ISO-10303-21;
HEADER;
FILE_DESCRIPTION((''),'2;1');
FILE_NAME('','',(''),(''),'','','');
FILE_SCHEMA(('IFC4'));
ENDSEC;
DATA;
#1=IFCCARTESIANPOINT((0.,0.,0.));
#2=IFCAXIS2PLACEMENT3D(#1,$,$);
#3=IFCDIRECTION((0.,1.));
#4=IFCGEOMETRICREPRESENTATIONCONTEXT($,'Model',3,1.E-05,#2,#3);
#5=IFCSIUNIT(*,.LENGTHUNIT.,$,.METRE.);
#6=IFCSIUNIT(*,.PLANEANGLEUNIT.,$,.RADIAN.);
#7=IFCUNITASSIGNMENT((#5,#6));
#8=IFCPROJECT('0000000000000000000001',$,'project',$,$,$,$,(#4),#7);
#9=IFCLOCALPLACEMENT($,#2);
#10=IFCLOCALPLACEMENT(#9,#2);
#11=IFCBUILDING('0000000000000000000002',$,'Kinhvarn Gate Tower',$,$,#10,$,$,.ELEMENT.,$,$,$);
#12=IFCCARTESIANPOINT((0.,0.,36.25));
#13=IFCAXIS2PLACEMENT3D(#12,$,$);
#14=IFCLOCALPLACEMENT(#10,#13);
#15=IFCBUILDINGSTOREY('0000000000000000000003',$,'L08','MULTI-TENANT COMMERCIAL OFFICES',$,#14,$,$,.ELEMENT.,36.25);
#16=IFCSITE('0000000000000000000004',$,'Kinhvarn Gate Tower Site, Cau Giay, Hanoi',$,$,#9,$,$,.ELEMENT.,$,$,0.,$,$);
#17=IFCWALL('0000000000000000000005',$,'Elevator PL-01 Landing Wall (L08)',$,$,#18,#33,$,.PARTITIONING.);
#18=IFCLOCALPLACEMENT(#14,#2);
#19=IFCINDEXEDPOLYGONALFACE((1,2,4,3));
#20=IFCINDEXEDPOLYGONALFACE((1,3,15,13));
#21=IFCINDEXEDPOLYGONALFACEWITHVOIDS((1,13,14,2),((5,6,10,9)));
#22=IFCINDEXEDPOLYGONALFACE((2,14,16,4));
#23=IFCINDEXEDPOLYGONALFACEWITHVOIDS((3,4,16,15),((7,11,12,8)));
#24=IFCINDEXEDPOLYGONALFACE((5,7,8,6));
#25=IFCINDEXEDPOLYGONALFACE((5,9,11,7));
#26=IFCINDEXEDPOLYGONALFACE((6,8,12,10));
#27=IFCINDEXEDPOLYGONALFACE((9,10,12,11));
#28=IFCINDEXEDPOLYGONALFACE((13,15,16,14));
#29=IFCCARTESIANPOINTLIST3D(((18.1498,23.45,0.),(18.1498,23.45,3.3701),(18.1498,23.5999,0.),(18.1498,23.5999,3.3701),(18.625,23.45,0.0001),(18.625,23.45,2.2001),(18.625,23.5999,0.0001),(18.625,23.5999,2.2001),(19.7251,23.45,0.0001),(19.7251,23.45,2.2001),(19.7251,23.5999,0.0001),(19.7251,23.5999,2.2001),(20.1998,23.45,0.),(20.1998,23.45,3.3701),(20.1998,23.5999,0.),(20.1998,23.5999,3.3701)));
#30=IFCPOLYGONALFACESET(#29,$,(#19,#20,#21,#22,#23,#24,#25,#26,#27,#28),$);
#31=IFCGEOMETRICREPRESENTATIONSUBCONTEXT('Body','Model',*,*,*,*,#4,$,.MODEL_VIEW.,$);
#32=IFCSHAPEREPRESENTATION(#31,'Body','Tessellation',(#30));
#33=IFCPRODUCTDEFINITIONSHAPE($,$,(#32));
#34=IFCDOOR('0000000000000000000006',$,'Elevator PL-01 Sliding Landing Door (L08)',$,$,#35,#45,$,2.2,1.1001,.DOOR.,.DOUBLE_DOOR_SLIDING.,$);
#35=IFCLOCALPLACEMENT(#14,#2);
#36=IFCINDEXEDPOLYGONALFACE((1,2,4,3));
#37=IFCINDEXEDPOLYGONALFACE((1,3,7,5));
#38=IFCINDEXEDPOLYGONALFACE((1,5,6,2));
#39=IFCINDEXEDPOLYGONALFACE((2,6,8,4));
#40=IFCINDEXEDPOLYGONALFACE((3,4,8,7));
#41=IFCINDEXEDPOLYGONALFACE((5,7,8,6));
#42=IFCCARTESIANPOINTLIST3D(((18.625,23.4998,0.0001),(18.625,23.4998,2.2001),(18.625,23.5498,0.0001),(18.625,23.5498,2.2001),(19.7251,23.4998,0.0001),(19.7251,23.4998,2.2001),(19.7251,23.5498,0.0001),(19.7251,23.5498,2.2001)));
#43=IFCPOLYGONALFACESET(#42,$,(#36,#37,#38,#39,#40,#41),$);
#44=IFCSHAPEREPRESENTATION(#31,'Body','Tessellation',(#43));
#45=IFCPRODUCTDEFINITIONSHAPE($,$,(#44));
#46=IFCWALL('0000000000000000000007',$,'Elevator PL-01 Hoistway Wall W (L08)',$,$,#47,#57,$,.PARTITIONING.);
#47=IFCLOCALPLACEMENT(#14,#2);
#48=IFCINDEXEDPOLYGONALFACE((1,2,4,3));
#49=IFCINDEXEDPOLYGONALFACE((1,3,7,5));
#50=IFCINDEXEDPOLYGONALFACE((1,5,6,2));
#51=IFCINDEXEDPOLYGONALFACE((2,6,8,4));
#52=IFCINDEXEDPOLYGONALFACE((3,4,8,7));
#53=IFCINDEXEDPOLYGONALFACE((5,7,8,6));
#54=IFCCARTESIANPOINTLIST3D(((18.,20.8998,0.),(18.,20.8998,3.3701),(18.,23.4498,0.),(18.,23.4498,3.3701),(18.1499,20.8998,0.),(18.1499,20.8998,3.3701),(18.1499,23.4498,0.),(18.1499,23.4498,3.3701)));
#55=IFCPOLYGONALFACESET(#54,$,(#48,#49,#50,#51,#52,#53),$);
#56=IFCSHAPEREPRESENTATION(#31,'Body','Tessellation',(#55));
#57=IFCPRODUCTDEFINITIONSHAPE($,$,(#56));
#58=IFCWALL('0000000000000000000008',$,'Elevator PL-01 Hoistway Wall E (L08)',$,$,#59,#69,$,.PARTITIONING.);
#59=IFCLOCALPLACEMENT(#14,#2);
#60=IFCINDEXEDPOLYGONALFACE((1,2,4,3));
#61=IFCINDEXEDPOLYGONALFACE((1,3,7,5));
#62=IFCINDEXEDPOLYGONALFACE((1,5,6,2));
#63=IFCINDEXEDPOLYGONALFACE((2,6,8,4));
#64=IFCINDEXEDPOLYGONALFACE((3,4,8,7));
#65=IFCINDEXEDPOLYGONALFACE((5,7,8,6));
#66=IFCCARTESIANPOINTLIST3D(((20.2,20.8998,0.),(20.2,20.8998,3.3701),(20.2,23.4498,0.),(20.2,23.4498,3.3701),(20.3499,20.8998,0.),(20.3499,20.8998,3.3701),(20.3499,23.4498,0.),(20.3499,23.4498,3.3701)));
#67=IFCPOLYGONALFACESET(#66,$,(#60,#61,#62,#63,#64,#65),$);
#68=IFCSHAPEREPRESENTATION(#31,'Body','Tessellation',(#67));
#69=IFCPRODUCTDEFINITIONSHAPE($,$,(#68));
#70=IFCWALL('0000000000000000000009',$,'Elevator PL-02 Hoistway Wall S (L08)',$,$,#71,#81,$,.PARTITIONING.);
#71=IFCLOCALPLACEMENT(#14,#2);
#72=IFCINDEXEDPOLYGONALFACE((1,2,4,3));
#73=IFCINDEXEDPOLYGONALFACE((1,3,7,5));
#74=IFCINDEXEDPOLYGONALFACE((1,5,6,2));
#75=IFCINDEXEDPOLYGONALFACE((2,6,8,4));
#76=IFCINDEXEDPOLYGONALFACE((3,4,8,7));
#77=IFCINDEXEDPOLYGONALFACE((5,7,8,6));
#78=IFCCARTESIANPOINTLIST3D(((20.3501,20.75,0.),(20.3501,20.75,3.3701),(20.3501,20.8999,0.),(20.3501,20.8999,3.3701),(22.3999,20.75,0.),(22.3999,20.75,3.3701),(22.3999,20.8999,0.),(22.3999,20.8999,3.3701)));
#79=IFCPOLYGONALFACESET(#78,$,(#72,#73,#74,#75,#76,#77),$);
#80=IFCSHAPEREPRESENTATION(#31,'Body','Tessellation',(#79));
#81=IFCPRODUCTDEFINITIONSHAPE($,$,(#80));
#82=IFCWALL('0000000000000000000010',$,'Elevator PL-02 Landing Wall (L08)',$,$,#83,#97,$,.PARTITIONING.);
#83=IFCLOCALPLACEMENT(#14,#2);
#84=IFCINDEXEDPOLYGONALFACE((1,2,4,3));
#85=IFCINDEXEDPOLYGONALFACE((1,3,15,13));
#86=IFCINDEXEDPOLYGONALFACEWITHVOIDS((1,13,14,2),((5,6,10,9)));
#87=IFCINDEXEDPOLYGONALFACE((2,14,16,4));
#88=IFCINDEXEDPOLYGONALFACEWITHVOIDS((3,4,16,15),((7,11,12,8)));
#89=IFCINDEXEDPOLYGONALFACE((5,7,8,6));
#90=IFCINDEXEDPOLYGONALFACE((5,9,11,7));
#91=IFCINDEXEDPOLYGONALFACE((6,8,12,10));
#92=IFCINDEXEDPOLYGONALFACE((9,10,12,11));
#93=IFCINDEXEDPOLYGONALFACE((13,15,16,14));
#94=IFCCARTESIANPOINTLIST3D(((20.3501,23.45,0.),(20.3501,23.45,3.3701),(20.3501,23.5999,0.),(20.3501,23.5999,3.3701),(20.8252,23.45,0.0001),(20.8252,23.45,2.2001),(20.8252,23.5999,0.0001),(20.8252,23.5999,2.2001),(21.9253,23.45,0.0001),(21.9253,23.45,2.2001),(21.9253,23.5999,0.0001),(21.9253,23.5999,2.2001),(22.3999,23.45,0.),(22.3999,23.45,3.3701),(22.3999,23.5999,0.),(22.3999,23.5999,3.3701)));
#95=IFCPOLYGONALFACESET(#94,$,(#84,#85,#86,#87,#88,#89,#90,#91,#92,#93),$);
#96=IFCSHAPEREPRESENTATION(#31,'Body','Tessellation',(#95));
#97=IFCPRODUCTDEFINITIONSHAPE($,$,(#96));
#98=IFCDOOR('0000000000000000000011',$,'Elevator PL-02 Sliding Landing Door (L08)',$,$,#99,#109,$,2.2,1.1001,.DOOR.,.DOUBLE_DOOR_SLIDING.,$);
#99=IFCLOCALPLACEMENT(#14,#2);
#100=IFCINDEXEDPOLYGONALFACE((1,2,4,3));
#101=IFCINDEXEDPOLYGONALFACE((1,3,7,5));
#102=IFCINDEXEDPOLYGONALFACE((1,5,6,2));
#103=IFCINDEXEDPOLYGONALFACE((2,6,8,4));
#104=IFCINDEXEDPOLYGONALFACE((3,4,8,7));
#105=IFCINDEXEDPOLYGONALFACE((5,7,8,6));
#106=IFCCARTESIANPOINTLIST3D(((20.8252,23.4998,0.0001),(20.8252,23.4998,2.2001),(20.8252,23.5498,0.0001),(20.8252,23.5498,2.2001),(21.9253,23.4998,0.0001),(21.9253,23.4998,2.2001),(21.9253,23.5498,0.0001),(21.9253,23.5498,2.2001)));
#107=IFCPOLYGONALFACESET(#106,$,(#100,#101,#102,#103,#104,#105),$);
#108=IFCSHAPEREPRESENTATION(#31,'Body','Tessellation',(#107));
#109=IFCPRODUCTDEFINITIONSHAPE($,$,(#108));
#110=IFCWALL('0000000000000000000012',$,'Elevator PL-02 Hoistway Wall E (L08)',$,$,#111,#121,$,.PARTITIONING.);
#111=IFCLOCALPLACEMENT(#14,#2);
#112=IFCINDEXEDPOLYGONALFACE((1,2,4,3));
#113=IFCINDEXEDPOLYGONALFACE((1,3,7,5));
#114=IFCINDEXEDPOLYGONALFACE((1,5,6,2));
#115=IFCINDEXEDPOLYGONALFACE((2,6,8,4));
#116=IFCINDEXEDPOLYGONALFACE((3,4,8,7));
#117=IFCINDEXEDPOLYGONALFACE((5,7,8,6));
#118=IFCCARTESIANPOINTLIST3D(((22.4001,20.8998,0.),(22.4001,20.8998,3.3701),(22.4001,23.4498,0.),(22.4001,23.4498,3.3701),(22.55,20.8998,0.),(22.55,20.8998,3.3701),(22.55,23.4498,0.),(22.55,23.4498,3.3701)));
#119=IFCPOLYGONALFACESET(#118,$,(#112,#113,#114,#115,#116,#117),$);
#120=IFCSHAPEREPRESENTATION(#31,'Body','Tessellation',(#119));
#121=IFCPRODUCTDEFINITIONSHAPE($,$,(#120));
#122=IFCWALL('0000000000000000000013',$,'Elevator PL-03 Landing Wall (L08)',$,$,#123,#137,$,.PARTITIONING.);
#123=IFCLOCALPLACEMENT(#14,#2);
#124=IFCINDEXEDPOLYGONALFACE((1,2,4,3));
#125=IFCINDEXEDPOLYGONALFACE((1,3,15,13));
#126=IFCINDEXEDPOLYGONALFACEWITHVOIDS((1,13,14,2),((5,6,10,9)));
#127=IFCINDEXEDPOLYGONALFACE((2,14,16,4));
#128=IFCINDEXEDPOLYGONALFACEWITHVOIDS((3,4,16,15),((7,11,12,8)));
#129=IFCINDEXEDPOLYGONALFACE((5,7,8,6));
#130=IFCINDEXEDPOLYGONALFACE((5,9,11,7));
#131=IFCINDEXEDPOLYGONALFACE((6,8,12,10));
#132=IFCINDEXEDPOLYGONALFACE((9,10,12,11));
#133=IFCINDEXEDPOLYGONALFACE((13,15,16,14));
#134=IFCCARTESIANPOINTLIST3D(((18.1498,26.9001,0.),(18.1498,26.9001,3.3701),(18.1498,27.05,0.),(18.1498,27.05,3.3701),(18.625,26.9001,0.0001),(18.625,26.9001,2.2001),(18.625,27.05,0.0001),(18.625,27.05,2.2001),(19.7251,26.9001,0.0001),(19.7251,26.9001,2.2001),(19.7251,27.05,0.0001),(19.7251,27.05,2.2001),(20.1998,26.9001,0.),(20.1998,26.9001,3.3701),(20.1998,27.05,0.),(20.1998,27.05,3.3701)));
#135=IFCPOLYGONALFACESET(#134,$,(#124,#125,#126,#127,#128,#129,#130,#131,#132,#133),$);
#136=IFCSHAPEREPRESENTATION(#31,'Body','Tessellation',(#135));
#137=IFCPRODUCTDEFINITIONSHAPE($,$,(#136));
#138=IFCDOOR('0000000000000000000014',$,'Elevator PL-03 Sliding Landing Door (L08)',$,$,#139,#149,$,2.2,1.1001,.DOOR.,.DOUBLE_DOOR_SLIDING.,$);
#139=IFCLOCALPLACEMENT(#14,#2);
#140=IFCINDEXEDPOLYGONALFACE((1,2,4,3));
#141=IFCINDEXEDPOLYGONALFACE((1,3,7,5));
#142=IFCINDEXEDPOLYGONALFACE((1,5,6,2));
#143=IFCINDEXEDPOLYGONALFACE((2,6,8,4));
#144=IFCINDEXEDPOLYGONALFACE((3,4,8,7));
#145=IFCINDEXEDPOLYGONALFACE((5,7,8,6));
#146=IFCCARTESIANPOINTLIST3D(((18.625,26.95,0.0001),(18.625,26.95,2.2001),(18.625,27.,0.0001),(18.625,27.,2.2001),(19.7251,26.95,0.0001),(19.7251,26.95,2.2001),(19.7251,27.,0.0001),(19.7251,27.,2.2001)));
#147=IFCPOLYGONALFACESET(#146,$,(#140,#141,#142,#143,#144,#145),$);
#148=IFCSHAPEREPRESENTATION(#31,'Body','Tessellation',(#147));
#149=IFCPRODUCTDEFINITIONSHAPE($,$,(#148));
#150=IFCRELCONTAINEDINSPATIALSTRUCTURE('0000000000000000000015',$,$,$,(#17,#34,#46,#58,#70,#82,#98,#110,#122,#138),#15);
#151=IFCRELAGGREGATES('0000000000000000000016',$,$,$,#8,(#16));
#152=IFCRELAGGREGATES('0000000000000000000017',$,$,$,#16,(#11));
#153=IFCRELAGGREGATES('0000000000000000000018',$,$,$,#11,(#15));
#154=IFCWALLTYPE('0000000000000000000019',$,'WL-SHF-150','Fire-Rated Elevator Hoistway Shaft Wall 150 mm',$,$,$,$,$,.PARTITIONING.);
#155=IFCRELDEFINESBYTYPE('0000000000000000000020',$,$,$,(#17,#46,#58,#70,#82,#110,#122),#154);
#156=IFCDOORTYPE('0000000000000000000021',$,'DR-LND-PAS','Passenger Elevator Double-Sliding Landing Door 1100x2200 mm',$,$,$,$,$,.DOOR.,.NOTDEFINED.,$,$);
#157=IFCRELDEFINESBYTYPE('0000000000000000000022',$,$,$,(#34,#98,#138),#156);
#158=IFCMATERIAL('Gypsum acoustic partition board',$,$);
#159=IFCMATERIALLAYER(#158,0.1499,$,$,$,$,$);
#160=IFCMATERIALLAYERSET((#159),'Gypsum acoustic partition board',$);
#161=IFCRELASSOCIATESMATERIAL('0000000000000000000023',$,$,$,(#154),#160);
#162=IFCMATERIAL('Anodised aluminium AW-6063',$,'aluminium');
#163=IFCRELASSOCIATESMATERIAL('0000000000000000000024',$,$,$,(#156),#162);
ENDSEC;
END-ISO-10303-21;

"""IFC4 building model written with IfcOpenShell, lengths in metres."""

from ifc_helpers import new_model, si_unit, direction, frame, frame_2d, origin, place, context, subcontext, project, spatial, rectangle, extrude, material, layer, layer_set, type_object, element, fill, save


model = new_model("IFC4")

# Units and contexts
model_context = context("Model", 3, precision=1e-05, world=origin(), true_north=direction((0.0, 1.0)))
body_context = subcontext(model_context, "Body", "Model", "MODEL_VIEW")
ifc_project = project(units=[si_unit("LENGTHUNIT", "METRE"), si_unit("PLANEANGLEUNIT", "RADIAN")], contexts=[model_context])

# Site, building, storey
site_placement = place(None, origin())
site = spatial("IfcSite", under=ifc_project, at=site_placement, Name="Kinhvarn Gate Tower Site, Cau Giay, Hanoi", CompositionType="ELEMENT", RefElevation=0.0)
building_placement = place(site_placement, origin())
building = spatial("IfcBuilding", under=site, at=building_placement, Name="Kinhvarn Gate Tower", CompositionType="ELEMENT")
storey_placement = place(building_placement, frame((0.0, 0.0, 36.25)))
storey = spatial("IfcBuildingStorey", under=building, at=storey_placement, Name="L08", Description="MULTI-TENANT COMMERCIAL OFFICES", CompositionType="ELEMENT", Elevation=36.25)

# Shared definitions
ifc_material_1 = material(Name="Gypsum acoustic partition board")

# Wall, opening, door
ifc_material_2 = material(Name="Anodised aluminium AW-6063", Category="aluminium")
ifc_layer_1 = layer(ifc_material_1, 0.1499)
ifc_layer_set_1 = layer_set([ifc_layer_1], Name="Gypsum acoustic partition board")
wall_type_1 = type_object("IfcWallType", Name="WL-SHF-150", Description="Fire-Rated Elevator Hoistway Shaft Wall 150 mm", PredefinedType="PARTITIONING", material=ifc_layer_set_1)
wall_1_placement = place(storey_placement, frame((18.1499, 23.5249, 0.0), z_axis=(0.0, 0.0, 1.0), x_axis=(1.0, 0.0, 0.0)))
wall_1 = element("IfcWall", 1, at=wall_1_placement, inside=storey, type_object=wall_type_1, Name="Elevator PL-01 Landing Wall (L08)", PredefinedType="PARTITIONING", context=body_context, shape_type="SweptSolid", body=[
    extrude(rectangle(XDim=2.05, YDim=0.1499, at=frame_2d((1.0249, 0.0))), origin(), (0.0, 0.0, 1.0), 3.3701),
])
opening_1_placement = place(wall_1_placement, frame((0.4751, 0.0, 0.0)))
opening_1 = element("IfcOpeningElement", 2, at=opening_1_placement, cuts=wall_1, PredefinedType="OPENING", context=body_context, shape_type="SweptSolid", body=[
    extrude(rectangle(XDim=1.1001, YDim=2.2, at=frame_2d((0.55, 1.1001))), frame((0.0, 0.085, 0.0), z_axis=(0.0, -1.0, 0.0), x_axis=(1.0, 0.0, 0.0)), (0.0, 0.0, 1.0), 0.1699),
])
door_type_1 = type_object("IfcDoorType", Name="DR-LND-PAS", Description="Passenger Elevator Double-Sliding Landing Door 1100x2200 mm", OperationType="NOTDEFINED", PredefinedType="DOOR", material=ifc_material_2)
door_1_placement = place(opening_1_placement, origin())
door_1 = element("IfcDoor", 3, at=door_1_placement, inside=storey, type_object=door_type_1, Name="Elevator PL-01 Sliding Landing Door (L08)", OperationType="DOUBLE_DOOR_SLIDING", OverallHeight=2.2, OverallWidth=1.1001, PredefinedType="DOOR", context=body_context, shape_type="SweptSolid", body=[
    extrude(rectangle(XDim=1.1001, YDim=2.2, at=frame_2d((0.55, 1.1001))), frame((0.0, 0.0249, 0.0), z_axis=(0.0, -1.0, 0.0), x_axis=(1.0, 0.0, 0.0)), (0.0, 0.0, 1.0), 0.05),
])
fill(opening_1, door_1)

# Walls
for number, where, z_axis, x_axis, name in (
    (4, (18.075, 20.8999, 0.0), (0.0, 0.0, 1.0), (0.0, 1.0, 0.0), "Elevator PL-01 Hoistway Wall W (L08)"),
    (5, (20.2749, 20.8999, 0.0), (0.0, 0.0, 1.0), (0.0, 1.0, 0.0), "Elevator PL-01 Hoistway Wall E (L08)"),
):
    element("IfcWall", number, at=place(storey_placement, frame(where, z_axis=z_axis, x_axis=x_axis)), inside=storey, type_object=wall_type_1, Name=name, PredefinedType="PARTITIONING", context=body_context, shape_type="SweptSolid", body=[
        extrude(rectangle(XDim=2.55, YDim=0.1499, at=frame_2d((1.2749, 0.0))), origin(), (0.0, 0.0, 1.0), 3.3701),
    ])
wall_2_placement = place(storey_placement, frame((20.3501, 20.825, 0.0), z_axis=(0.0, 0.0, 1.0), x_axis=(1.0, 0.0, 0.0)))
element("IfcWall", 6, at=wall_2_placement, inside=storey, type_object=wall_type_1, Name="Elevator PL-02 Hoistway Wall S (L08)", PredefinedType="PARTITIONING", context=body_context, shape_type="SweptSolid", body=[
    extrude(rectangle(XDim=2.0498, YDim=0.1499, at=frame_2d((1.0249, 0.0))), origin(), (0.0, 0.0, 1.0), 3.3701),
])

# Wall, opening, door
wall_3_placement = place(storey_placement, frame((20.3501, 23.5249, 0.0), z_axis=(0.0, 0.0, 1.0), x_axis=(1.0, 0.0, 0.0)))
wall_3 = element("IfcWall", 7, at=wall_3_placement, inside=storey, type_object=wall_type_1, Name="Elevator PL-02 Landing Wall (L08)", PredefinedType="PARTITIONING", context=body_context, shape_type="SweptSolid", body=[
    extrude(rectangle(XDim=2.0498, YDim=0.1499, at=frame_2d((1.0249, 0.0))), origin(), (0.0, 0.0, 1.0), 3.3701),
])
opening_2_placement = place(wall_3_placement, frame((0.4751, 0.0, 0.0)))
opening_2 = element("IfcOpeningElement", 8, at=opening_2_placement, cuts=wall_3, PredefinedType="OPENING", context=body_context, shape_type="SweptSolid", body=[
    extrude(rectangle(XDim=1.1001, YDim=2.2, at=frame_2d((0.55, 1.1001))), frame((0.0, 0.085, 0.0), z_axis=(0.0, -1.0, 0.0), x_axis=(1.0, 0.0, 0.0)), (0.0, 0.0, 1.0), 0.1699),
])
door_2_placement = place(opening_2_placement, origin())
door_2 = element("IfcDoor", 9, at=door_2_placement, inside=storey, type_object=door_type_1, Name="Elevator PL-02 Sliding Landing Door (L08)", OperationType="DOUBLE_DOOR_SLIDING", OverallHeight=2.2, OverallWidth=1.1001, PredefinedType="DOOR", context=body_context, shape_type="SweptSolid", body=[
    extrude(rectangle(XDim=1.1001, YDim=2.2, at=frame_2d((0.55, 1.1001))), frame((0.0, 0.0249, 0.0), z_axis=(0.0, -1.0, 0.0), x_axis=(1.0, 0.0, 0.0)), (0.0, 0.0, 1.0), 0.05),
])
fill(opening_2, door_2)

# Wall
wall_4_placement = place(storey_placement, frame((22.4751, 20.8999, 0.0), z_axis=(0.0, 0.0, 1.0), x_axis=(0.0, 1.0, 0.0)))
element("IfcWall", 10, at=wall_4_placement, inside=storey, type_object=wall_type_1, Name="Elevator PL-02 Hoistway Wall E (L08)", PredefinedType="PARTITIONING", context=body_context, shape_type="SweptSolid", body=[
    extrude(rectangle(XDim=2.55, YDim=0.1499, at=frame_2d((1.2749, 0.0))), origin(), (0.0, 0.0, 1.0), 3.3701),
])

# Wall, opening, door
wall_5_placement = place(storey_placement, frame((18.1499, 26.9751, 0.0), z_axis=(0.0, 0.0, 1.0), x_axis=(1.0, 0.0, 0.0)))
wall_5 = element("IfcWall", 11, at=wall_5_placement, inside=storey, type_object=wall_type_1, Name="Elevator PL-03 Landing Wall (L08)", PredefinedType="PARTITIONING", context=body_context, shape_type="SweptSolid", body=[
    extrude(rectangle(XDim=2.05, YDim=0.1499, at=frame_2d((1.0249, 0.0))), origin(), (0.0, 0.0, 1.0), 3.3701),
])
opening_3_placement = place(wall_5_placement, frame((0.4751, 0.0, 0.0)))
opening_3 = element("IfcOpeningElement", 12, at=opening_3_placement, cuts=wall_5, PredefinedType="OPENING", context=body_context, shape_type="SweptSolid", body=[
    extrude(rectangle(XDim=1.1001, YDim=2.2, at=frame_2d((0.55, 1.1001))), frame((0.0, 0.085, 0.0), z_axis=(0.0, -1.0, 0.0), x_axis=(1.0, 0.0, 0.0)), (0.0, 0.0, 1.0), 0.1699),
])
door_3_placement = place(opening_3_placement, origin())
door_3 = element("IfcDoor", 13, at=door_3_placement, inside=storey, type_object=door_type_1, Name="Elevator PL-03 Sliding Landing Door (L08)", OperationType="DOUBLE_DOOR_SLIDING", OverallHeight=2.2, OverallWidth=1.1001, PredefinedType="DOOR", context=body_context, shape_type="SweptSolid", body=[
    extrude(rectangle(XDim=1.1001, YDim=2.2, at=frame_2d((0.55, 1.1001))), frame((0.0, 0.0249, 0.0), z_axis=(0.0, -1.0, 0.0), x_axis=(1.0, 0.0, 0.0)), (0.0, 0.0, 1.0), 0.05),
])
fill(opening_3, door_3)

save(model, "model.ifc")
